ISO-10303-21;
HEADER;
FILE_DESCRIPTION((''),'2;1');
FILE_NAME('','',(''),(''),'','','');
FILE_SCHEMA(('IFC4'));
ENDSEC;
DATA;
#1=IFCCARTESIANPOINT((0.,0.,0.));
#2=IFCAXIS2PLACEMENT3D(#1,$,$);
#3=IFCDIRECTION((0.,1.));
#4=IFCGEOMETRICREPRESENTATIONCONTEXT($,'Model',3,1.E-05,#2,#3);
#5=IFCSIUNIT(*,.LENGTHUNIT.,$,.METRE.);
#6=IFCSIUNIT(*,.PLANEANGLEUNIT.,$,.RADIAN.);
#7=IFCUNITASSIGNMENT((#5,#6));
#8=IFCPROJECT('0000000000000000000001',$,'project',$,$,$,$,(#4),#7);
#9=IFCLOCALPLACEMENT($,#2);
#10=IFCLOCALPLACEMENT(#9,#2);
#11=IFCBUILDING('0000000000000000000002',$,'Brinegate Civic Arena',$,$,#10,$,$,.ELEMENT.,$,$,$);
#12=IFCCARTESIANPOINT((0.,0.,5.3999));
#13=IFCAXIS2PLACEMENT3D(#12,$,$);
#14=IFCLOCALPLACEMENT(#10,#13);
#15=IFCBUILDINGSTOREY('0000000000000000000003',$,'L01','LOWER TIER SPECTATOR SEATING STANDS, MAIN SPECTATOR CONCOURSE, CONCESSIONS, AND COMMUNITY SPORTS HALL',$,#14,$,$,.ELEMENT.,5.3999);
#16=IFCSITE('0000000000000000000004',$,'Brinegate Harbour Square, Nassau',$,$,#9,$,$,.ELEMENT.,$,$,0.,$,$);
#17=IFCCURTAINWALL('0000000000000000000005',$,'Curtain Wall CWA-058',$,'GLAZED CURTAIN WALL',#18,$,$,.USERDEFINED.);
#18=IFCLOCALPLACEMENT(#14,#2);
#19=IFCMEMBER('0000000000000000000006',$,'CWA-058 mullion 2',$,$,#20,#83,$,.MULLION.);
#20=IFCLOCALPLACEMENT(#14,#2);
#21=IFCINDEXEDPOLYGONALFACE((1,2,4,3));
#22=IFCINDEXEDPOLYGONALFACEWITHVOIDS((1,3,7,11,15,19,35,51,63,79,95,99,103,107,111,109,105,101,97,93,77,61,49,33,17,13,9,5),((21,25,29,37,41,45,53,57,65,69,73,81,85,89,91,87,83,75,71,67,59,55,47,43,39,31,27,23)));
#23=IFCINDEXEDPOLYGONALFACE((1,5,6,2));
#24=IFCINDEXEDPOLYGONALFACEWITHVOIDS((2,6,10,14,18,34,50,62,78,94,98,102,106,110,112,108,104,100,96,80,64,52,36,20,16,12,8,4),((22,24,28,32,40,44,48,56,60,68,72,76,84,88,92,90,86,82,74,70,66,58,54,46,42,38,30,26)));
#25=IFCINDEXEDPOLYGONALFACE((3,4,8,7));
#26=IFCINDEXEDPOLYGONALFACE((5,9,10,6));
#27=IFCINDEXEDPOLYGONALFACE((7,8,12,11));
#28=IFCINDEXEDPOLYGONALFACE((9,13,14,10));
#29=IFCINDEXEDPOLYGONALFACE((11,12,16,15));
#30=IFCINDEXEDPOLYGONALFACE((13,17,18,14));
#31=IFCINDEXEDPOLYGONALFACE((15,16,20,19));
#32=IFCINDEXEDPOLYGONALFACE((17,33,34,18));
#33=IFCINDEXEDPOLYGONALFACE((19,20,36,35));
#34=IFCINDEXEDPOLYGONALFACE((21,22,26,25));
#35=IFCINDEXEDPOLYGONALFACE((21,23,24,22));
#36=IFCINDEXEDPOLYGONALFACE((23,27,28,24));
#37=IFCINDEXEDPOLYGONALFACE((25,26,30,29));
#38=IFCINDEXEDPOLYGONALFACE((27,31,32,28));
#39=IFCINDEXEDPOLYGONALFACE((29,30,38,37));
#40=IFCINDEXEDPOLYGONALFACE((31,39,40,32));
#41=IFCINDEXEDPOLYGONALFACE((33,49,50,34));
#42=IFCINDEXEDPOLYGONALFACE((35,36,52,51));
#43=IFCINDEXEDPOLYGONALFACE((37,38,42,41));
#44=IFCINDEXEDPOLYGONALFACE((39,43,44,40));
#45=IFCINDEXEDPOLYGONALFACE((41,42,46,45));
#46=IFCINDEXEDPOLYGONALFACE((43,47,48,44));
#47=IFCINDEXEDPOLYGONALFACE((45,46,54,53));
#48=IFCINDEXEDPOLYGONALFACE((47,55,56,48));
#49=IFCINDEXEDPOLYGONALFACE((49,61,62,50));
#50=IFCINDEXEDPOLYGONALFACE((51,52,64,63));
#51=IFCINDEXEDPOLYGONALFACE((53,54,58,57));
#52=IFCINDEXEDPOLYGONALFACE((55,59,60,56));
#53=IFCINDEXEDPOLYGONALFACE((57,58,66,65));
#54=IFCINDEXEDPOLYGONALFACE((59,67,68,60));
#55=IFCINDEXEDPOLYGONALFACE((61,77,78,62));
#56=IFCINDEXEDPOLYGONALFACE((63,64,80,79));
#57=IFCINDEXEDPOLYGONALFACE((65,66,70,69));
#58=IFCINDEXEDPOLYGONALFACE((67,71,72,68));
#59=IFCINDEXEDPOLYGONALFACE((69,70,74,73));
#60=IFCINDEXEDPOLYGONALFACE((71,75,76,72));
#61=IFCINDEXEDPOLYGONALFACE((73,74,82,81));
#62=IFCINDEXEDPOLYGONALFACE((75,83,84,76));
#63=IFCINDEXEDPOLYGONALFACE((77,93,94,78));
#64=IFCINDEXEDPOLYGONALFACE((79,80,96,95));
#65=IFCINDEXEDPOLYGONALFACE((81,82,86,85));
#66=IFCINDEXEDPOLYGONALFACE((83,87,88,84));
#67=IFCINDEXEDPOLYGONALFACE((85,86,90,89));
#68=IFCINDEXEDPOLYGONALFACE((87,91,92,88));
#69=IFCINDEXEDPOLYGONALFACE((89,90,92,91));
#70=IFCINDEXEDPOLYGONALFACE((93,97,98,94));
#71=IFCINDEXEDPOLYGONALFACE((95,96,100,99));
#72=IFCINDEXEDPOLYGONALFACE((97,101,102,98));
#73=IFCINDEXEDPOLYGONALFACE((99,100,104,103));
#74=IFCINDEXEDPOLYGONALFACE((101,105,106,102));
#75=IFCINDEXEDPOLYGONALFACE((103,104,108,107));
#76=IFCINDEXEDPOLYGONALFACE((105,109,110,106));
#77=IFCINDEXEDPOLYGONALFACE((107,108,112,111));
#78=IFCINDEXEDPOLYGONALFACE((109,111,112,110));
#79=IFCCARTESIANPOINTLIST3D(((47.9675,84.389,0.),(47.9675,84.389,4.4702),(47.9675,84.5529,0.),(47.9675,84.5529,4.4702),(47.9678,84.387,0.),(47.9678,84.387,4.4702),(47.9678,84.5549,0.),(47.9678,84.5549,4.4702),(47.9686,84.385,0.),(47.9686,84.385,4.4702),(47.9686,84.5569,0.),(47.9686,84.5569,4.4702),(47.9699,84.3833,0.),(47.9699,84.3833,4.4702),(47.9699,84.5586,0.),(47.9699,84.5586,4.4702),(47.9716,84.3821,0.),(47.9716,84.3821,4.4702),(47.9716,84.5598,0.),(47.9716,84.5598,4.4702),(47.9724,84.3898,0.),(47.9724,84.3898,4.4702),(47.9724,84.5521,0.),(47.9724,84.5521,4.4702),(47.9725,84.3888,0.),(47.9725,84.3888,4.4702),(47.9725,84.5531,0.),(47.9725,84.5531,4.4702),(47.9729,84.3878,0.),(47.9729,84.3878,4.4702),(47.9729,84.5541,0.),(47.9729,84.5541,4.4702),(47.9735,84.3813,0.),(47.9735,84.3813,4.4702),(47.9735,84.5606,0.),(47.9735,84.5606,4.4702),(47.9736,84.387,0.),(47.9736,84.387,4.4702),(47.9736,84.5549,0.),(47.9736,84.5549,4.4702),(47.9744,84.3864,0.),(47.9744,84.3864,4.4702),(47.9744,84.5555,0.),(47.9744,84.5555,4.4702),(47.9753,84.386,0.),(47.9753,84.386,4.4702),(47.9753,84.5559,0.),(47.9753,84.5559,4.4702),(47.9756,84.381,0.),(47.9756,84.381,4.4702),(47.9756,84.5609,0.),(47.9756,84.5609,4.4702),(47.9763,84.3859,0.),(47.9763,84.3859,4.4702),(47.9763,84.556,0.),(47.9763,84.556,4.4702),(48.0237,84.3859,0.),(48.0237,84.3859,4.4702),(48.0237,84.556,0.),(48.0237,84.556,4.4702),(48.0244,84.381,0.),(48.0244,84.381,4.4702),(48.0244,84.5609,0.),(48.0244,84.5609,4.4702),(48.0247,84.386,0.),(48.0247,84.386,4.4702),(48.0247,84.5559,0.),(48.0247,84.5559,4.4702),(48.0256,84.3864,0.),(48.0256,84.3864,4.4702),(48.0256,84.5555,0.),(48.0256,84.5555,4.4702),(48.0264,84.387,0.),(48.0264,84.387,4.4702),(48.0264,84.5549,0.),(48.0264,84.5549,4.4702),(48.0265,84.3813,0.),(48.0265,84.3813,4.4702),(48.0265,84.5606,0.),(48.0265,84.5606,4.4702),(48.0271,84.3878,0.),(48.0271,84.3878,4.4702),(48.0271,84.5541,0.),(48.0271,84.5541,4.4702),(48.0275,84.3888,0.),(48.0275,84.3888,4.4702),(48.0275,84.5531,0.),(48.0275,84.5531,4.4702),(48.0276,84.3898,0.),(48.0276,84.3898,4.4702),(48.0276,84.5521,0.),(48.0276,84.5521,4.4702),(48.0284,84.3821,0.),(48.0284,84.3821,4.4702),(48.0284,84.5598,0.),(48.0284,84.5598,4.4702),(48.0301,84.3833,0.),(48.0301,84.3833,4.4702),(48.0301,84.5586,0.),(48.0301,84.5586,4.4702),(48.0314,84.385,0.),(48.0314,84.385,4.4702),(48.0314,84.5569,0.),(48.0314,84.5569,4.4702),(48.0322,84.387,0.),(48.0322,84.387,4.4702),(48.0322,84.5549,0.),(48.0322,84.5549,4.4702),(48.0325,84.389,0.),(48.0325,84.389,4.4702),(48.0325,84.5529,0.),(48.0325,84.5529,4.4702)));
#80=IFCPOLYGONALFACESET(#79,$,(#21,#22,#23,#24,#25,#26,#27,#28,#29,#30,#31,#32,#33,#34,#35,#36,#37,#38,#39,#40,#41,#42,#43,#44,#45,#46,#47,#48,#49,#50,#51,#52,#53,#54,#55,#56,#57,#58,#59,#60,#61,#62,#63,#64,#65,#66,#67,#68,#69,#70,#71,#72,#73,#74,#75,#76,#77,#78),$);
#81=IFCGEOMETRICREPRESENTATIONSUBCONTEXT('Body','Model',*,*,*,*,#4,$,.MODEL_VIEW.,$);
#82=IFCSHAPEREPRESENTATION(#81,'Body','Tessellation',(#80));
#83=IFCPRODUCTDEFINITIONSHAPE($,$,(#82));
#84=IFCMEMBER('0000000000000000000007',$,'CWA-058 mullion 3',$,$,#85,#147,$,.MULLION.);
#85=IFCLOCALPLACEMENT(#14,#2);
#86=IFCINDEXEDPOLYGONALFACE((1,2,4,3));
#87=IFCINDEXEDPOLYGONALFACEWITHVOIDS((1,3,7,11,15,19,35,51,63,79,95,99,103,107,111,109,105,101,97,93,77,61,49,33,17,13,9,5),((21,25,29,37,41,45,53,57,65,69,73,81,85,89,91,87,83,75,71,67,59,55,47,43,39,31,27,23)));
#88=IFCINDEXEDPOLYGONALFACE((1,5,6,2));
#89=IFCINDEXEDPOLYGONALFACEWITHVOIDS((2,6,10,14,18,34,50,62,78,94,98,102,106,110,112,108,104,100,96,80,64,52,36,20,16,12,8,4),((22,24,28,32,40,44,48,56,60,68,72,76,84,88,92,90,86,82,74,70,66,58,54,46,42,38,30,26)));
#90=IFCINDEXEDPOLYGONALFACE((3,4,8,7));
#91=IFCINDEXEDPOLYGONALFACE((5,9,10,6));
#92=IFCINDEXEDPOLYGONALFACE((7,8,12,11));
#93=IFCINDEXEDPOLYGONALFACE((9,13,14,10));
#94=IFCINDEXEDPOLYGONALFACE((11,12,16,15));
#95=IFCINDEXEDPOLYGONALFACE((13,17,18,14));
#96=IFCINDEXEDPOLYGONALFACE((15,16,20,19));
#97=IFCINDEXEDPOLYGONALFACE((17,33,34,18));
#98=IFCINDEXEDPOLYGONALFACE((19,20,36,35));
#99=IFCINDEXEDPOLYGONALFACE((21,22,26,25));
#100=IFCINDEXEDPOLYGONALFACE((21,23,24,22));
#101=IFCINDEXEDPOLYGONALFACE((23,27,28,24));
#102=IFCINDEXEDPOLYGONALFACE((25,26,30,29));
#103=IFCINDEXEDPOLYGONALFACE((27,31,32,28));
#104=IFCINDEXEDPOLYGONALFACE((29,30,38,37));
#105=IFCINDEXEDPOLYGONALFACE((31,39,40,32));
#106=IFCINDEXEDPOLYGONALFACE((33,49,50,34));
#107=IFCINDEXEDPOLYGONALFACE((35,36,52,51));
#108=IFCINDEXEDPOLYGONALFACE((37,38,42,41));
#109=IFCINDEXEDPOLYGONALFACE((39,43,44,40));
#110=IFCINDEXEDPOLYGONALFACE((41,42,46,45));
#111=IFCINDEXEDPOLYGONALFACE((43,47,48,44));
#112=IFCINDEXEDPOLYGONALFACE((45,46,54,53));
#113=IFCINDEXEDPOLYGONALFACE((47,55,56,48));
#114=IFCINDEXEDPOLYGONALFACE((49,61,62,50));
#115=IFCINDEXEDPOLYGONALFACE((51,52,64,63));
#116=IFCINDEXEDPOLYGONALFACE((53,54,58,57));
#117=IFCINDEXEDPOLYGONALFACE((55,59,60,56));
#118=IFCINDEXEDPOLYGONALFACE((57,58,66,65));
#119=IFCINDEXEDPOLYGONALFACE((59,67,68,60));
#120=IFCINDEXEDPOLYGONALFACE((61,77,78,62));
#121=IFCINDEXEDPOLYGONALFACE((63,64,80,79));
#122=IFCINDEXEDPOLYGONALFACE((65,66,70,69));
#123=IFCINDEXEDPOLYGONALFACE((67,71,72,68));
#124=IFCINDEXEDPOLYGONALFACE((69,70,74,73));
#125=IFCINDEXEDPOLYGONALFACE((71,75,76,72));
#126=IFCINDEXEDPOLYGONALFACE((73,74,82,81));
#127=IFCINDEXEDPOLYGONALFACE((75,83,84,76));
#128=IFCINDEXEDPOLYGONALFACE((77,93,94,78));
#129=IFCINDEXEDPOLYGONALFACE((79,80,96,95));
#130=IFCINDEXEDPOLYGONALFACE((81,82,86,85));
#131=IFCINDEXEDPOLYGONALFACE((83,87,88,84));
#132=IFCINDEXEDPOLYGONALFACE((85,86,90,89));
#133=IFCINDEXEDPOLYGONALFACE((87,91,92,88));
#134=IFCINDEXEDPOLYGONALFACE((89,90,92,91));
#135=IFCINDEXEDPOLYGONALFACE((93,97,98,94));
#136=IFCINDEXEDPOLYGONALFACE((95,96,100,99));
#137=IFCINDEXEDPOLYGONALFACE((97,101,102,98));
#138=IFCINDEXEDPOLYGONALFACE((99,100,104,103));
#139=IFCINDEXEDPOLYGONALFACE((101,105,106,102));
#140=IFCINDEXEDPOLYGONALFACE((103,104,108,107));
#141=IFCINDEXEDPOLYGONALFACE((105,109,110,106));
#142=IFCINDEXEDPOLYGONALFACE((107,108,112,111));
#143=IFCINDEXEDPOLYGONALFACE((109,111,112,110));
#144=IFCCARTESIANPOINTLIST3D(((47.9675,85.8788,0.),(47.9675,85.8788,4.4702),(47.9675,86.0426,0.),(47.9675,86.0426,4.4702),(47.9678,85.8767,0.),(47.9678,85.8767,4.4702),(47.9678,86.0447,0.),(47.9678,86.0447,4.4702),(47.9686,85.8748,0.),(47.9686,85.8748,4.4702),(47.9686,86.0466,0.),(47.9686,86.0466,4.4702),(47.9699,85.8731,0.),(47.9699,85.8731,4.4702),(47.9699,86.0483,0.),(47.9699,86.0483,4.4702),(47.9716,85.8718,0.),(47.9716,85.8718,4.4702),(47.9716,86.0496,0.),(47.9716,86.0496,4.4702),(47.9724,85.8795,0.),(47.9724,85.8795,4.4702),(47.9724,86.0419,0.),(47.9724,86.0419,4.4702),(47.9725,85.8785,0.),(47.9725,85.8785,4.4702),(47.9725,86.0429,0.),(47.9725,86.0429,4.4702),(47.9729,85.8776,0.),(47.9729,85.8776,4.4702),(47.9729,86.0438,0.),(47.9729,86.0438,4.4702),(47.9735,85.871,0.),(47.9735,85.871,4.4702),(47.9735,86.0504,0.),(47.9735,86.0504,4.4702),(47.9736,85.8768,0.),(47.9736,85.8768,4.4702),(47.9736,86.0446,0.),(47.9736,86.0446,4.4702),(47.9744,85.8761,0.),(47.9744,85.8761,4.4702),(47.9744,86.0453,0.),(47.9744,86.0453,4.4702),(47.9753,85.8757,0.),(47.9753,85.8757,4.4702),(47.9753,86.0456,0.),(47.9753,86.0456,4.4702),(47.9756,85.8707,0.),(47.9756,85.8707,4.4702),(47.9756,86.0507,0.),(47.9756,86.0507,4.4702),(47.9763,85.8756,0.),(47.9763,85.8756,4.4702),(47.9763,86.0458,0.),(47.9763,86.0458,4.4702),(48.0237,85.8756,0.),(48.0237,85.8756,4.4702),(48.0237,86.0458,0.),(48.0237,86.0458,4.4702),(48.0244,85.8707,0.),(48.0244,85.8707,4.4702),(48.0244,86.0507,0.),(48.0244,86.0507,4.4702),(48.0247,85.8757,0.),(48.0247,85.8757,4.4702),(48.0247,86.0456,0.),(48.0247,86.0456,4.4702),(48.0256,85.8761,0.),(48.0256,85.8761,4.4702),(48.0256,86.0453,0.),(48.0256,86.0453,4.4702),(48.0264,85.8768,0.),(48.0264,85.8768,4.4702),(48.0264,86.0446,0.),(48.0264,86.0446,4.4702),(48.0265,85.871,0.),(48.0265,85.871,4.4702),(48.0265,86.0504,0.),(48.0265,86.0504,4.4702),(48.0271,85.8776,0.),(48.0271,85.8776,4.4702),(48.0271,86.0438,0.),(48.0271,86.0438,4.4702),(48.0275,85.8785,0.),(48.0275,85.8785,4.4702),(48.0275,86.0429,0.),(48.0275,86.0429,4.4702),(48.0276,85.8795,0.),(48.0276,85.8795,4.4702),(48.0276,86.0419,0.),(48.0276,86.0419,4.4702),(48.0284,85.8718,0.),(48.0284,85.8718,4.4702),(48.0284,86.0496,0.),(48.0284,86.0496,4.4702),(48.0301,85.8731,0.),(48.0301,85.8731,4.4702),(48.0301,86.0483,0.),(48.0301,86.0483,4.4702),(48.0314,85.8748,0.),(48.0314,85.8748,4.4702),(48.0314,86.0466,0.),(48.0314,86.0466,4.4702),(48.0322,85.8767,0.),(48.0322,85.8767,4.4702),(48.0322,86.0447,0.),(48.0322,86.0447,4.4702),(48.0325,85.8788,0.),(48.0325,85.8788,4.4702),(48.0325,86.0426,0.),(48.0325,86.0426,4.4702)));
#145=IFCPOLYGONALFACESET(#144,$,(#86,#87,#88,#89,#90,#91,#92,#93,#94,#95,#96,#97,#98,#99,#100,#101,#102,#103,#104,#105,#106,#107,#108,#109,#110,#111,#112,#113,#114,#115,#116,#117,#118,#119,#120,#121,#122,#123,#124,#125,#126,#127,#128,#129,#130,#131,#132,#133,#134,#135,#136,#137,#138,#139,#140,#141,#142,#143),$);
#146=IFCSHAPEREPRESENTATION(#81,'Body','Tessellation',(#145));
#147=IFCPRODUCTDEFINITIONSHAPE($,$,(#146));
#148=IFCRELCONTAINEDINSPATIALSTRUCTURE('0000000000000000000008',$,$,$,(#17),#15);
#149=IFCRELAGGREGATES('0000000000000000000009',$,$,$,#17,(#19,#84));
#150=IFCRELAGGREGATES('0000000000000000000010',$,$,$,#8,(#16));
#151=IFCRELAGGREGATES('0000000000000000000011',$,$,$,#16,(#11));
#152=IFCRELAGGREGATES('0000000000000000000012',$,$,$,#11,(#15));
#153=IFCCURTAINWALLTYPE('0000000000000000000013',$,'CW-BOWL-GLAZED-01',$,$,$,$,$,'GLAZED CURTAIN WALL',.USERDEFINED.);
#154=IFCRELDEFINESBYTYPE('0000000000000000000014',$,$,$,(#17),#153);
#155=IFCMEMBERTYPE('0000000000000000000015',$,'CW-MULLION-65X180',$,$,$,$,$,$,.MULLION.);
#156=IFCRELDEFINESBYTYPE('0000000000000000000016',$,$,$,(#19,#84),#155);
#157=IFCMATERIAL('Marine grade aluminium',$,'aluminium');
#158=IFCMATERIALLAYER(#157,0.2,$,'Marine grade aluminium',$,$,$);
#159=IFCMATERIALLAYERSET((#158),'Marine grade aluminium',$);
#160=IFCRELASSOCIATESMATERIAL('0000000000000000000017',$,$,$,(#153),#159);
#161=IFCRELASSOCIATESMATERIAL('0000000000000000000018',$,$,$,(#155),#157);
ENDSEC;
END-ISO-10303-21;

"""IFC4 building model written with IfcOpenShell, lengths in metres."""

from ifc_helpers import new_model, si_unit, direction, frame, origin, origin_2d, place, context, subcontext, project, spatial, hollow_rectangle, extrude, material, layer, layer_set, material_profile, profile_set, type_object, element, aggregate, save


model = new_model("IFC4")

# Units and contexts
model_context = context("Model", 3, precision=1e-05, world=origin(), true_north=direction((0.0, 1.0)))
body_context = subcontext(model_context, "Body", "Model", "MODEL_VIEW")
ifc_project = project(units=[si_unit("LENGTHUNIT", "METRE"), si_unit("PLANEANGLEUNIT", "RADIAN")], contexts=[model_context])

# Site, building, storey
site_placement = place(None, origin())
site = spatial("IfcSite", under=ifc_project, at=site_placement, Name="Brinegate Harbour Square, Nassau", CompositionType="ELEMENT", RefElevation=0.0)
building_placement = place(site_placement, origin())
building = spatial("IfcBuilding", under=site, at=building_placement, Name="Brinegate Civic Arena", CompositionType="ELEMENT")
storey_placement = place(building_placement, frame((0.0, 0.0, 5.3999)))
storey = spatial("IfcBuildingStorey", under=building, at=storey_placement, Name="L01", Description="LOWER TIER SPECTATOR SEATING STANDS, MAIN SPECTATOR CONCOURSE, CONCESSIONS, AND COMMUNITY SPORTS HALL", CompositionType="ELEMENT", Elevation=5.3999)

# Curtain wall, members
ifc_material_1 = material(Name="Marine grade aluminium", Category="aluminium")
ifc_layer_1 = layer(ifc_material_1, 0.2, Name="Marine grade aluminium")
ifc_layer_set_1 = layer_set([ifc_layer_1], Name="Marine grade aluminium")
curtain_wall_type = type_object("IfcCurtainWallType", Name="CW-BOWL-GLAZED-01", ElementType="GLAZED CURTAIN WALL", PredefinedType="USERDEFINED", material=ifc_layer_set_1)
curtain_wall_placement = place(storey_placement, origin())
curtain_wall = element("IfcCurtainWall", 1, at=curtain_wall_placement, inside=storey, type_object=curtain_wall_type, Name="Curtain Wall CWA-058", ObjectType="GLAZED CURTAIN WALL", PredefinedType="USERDEFINED")
ifc_material_profile_1 = material_profile(ifc_material_1, hollow_rectangle(XDim=0.0649, YDim=0.1799, WallThickness=0.0049, InnerFilletRadius=0.0039, OuterFilletRadius=0.0081, at=origin_2d()), Name="MUL65X180")
ifc_profile_set_1 = profile_set([ifc_material_profile_1], Name="Marine grade aluminium")
member_type_1 = type_object("IfcMemberType", Name="CW-MULLION-65X180", PredefinedType="MULLION", material=ifc_profile_set_1)
member_1_placement = place(storey_placement, frame((48.0, 84.4709, 0.0), z_axis=(0.0, 0.0, 1.0), x_axis=(-1.0, 0.0, 0.0)))
member_1 = element("IfcMember", 2, at=member_1_placement, type_object=member_type_1, Name="CWA-058 mullion 2", PredefinedType="MULLION", context=body_context, shape_type="SweptSolid", body=[
    extrude(hollow_rectangle(XDim=0.0649, YDim=0.1799, WallThickness=0.0049, InnerFilletRadius=0.0039, OuterFilletRadius=0.0081, at=origin_2d()), origin(), (0.0, 0.0, 1.0), 4.4702),
])
member_2_placement = place(storey_placement, frame((48.0, 85.9607, 0.0), z_axis=(0.0, 0.0, 1.0), x_axis=(-1.0, 0.0, 0.0)))
member_2 = element("IfcMember", 3, at=member_2_placement, type_object=member_type_1, Name="CWA-058 mullion 3", PredefinedType="MULLION", context=body_context, shape_type="SweptSolid", body=[
    extrude(hollow_rectangle(XDim=0.0649, YDim=0.1799, WallThickness=0.0049, InnerFilletRadius=0.0039, OuterFilletRadius=0.0081, at=origin_2d()), origin(), (0.0, 0.0, 1.0), 4.4702),
])
aggregate(curtain_wall, [member_1, member_2])

save(model, "model.ifc")
